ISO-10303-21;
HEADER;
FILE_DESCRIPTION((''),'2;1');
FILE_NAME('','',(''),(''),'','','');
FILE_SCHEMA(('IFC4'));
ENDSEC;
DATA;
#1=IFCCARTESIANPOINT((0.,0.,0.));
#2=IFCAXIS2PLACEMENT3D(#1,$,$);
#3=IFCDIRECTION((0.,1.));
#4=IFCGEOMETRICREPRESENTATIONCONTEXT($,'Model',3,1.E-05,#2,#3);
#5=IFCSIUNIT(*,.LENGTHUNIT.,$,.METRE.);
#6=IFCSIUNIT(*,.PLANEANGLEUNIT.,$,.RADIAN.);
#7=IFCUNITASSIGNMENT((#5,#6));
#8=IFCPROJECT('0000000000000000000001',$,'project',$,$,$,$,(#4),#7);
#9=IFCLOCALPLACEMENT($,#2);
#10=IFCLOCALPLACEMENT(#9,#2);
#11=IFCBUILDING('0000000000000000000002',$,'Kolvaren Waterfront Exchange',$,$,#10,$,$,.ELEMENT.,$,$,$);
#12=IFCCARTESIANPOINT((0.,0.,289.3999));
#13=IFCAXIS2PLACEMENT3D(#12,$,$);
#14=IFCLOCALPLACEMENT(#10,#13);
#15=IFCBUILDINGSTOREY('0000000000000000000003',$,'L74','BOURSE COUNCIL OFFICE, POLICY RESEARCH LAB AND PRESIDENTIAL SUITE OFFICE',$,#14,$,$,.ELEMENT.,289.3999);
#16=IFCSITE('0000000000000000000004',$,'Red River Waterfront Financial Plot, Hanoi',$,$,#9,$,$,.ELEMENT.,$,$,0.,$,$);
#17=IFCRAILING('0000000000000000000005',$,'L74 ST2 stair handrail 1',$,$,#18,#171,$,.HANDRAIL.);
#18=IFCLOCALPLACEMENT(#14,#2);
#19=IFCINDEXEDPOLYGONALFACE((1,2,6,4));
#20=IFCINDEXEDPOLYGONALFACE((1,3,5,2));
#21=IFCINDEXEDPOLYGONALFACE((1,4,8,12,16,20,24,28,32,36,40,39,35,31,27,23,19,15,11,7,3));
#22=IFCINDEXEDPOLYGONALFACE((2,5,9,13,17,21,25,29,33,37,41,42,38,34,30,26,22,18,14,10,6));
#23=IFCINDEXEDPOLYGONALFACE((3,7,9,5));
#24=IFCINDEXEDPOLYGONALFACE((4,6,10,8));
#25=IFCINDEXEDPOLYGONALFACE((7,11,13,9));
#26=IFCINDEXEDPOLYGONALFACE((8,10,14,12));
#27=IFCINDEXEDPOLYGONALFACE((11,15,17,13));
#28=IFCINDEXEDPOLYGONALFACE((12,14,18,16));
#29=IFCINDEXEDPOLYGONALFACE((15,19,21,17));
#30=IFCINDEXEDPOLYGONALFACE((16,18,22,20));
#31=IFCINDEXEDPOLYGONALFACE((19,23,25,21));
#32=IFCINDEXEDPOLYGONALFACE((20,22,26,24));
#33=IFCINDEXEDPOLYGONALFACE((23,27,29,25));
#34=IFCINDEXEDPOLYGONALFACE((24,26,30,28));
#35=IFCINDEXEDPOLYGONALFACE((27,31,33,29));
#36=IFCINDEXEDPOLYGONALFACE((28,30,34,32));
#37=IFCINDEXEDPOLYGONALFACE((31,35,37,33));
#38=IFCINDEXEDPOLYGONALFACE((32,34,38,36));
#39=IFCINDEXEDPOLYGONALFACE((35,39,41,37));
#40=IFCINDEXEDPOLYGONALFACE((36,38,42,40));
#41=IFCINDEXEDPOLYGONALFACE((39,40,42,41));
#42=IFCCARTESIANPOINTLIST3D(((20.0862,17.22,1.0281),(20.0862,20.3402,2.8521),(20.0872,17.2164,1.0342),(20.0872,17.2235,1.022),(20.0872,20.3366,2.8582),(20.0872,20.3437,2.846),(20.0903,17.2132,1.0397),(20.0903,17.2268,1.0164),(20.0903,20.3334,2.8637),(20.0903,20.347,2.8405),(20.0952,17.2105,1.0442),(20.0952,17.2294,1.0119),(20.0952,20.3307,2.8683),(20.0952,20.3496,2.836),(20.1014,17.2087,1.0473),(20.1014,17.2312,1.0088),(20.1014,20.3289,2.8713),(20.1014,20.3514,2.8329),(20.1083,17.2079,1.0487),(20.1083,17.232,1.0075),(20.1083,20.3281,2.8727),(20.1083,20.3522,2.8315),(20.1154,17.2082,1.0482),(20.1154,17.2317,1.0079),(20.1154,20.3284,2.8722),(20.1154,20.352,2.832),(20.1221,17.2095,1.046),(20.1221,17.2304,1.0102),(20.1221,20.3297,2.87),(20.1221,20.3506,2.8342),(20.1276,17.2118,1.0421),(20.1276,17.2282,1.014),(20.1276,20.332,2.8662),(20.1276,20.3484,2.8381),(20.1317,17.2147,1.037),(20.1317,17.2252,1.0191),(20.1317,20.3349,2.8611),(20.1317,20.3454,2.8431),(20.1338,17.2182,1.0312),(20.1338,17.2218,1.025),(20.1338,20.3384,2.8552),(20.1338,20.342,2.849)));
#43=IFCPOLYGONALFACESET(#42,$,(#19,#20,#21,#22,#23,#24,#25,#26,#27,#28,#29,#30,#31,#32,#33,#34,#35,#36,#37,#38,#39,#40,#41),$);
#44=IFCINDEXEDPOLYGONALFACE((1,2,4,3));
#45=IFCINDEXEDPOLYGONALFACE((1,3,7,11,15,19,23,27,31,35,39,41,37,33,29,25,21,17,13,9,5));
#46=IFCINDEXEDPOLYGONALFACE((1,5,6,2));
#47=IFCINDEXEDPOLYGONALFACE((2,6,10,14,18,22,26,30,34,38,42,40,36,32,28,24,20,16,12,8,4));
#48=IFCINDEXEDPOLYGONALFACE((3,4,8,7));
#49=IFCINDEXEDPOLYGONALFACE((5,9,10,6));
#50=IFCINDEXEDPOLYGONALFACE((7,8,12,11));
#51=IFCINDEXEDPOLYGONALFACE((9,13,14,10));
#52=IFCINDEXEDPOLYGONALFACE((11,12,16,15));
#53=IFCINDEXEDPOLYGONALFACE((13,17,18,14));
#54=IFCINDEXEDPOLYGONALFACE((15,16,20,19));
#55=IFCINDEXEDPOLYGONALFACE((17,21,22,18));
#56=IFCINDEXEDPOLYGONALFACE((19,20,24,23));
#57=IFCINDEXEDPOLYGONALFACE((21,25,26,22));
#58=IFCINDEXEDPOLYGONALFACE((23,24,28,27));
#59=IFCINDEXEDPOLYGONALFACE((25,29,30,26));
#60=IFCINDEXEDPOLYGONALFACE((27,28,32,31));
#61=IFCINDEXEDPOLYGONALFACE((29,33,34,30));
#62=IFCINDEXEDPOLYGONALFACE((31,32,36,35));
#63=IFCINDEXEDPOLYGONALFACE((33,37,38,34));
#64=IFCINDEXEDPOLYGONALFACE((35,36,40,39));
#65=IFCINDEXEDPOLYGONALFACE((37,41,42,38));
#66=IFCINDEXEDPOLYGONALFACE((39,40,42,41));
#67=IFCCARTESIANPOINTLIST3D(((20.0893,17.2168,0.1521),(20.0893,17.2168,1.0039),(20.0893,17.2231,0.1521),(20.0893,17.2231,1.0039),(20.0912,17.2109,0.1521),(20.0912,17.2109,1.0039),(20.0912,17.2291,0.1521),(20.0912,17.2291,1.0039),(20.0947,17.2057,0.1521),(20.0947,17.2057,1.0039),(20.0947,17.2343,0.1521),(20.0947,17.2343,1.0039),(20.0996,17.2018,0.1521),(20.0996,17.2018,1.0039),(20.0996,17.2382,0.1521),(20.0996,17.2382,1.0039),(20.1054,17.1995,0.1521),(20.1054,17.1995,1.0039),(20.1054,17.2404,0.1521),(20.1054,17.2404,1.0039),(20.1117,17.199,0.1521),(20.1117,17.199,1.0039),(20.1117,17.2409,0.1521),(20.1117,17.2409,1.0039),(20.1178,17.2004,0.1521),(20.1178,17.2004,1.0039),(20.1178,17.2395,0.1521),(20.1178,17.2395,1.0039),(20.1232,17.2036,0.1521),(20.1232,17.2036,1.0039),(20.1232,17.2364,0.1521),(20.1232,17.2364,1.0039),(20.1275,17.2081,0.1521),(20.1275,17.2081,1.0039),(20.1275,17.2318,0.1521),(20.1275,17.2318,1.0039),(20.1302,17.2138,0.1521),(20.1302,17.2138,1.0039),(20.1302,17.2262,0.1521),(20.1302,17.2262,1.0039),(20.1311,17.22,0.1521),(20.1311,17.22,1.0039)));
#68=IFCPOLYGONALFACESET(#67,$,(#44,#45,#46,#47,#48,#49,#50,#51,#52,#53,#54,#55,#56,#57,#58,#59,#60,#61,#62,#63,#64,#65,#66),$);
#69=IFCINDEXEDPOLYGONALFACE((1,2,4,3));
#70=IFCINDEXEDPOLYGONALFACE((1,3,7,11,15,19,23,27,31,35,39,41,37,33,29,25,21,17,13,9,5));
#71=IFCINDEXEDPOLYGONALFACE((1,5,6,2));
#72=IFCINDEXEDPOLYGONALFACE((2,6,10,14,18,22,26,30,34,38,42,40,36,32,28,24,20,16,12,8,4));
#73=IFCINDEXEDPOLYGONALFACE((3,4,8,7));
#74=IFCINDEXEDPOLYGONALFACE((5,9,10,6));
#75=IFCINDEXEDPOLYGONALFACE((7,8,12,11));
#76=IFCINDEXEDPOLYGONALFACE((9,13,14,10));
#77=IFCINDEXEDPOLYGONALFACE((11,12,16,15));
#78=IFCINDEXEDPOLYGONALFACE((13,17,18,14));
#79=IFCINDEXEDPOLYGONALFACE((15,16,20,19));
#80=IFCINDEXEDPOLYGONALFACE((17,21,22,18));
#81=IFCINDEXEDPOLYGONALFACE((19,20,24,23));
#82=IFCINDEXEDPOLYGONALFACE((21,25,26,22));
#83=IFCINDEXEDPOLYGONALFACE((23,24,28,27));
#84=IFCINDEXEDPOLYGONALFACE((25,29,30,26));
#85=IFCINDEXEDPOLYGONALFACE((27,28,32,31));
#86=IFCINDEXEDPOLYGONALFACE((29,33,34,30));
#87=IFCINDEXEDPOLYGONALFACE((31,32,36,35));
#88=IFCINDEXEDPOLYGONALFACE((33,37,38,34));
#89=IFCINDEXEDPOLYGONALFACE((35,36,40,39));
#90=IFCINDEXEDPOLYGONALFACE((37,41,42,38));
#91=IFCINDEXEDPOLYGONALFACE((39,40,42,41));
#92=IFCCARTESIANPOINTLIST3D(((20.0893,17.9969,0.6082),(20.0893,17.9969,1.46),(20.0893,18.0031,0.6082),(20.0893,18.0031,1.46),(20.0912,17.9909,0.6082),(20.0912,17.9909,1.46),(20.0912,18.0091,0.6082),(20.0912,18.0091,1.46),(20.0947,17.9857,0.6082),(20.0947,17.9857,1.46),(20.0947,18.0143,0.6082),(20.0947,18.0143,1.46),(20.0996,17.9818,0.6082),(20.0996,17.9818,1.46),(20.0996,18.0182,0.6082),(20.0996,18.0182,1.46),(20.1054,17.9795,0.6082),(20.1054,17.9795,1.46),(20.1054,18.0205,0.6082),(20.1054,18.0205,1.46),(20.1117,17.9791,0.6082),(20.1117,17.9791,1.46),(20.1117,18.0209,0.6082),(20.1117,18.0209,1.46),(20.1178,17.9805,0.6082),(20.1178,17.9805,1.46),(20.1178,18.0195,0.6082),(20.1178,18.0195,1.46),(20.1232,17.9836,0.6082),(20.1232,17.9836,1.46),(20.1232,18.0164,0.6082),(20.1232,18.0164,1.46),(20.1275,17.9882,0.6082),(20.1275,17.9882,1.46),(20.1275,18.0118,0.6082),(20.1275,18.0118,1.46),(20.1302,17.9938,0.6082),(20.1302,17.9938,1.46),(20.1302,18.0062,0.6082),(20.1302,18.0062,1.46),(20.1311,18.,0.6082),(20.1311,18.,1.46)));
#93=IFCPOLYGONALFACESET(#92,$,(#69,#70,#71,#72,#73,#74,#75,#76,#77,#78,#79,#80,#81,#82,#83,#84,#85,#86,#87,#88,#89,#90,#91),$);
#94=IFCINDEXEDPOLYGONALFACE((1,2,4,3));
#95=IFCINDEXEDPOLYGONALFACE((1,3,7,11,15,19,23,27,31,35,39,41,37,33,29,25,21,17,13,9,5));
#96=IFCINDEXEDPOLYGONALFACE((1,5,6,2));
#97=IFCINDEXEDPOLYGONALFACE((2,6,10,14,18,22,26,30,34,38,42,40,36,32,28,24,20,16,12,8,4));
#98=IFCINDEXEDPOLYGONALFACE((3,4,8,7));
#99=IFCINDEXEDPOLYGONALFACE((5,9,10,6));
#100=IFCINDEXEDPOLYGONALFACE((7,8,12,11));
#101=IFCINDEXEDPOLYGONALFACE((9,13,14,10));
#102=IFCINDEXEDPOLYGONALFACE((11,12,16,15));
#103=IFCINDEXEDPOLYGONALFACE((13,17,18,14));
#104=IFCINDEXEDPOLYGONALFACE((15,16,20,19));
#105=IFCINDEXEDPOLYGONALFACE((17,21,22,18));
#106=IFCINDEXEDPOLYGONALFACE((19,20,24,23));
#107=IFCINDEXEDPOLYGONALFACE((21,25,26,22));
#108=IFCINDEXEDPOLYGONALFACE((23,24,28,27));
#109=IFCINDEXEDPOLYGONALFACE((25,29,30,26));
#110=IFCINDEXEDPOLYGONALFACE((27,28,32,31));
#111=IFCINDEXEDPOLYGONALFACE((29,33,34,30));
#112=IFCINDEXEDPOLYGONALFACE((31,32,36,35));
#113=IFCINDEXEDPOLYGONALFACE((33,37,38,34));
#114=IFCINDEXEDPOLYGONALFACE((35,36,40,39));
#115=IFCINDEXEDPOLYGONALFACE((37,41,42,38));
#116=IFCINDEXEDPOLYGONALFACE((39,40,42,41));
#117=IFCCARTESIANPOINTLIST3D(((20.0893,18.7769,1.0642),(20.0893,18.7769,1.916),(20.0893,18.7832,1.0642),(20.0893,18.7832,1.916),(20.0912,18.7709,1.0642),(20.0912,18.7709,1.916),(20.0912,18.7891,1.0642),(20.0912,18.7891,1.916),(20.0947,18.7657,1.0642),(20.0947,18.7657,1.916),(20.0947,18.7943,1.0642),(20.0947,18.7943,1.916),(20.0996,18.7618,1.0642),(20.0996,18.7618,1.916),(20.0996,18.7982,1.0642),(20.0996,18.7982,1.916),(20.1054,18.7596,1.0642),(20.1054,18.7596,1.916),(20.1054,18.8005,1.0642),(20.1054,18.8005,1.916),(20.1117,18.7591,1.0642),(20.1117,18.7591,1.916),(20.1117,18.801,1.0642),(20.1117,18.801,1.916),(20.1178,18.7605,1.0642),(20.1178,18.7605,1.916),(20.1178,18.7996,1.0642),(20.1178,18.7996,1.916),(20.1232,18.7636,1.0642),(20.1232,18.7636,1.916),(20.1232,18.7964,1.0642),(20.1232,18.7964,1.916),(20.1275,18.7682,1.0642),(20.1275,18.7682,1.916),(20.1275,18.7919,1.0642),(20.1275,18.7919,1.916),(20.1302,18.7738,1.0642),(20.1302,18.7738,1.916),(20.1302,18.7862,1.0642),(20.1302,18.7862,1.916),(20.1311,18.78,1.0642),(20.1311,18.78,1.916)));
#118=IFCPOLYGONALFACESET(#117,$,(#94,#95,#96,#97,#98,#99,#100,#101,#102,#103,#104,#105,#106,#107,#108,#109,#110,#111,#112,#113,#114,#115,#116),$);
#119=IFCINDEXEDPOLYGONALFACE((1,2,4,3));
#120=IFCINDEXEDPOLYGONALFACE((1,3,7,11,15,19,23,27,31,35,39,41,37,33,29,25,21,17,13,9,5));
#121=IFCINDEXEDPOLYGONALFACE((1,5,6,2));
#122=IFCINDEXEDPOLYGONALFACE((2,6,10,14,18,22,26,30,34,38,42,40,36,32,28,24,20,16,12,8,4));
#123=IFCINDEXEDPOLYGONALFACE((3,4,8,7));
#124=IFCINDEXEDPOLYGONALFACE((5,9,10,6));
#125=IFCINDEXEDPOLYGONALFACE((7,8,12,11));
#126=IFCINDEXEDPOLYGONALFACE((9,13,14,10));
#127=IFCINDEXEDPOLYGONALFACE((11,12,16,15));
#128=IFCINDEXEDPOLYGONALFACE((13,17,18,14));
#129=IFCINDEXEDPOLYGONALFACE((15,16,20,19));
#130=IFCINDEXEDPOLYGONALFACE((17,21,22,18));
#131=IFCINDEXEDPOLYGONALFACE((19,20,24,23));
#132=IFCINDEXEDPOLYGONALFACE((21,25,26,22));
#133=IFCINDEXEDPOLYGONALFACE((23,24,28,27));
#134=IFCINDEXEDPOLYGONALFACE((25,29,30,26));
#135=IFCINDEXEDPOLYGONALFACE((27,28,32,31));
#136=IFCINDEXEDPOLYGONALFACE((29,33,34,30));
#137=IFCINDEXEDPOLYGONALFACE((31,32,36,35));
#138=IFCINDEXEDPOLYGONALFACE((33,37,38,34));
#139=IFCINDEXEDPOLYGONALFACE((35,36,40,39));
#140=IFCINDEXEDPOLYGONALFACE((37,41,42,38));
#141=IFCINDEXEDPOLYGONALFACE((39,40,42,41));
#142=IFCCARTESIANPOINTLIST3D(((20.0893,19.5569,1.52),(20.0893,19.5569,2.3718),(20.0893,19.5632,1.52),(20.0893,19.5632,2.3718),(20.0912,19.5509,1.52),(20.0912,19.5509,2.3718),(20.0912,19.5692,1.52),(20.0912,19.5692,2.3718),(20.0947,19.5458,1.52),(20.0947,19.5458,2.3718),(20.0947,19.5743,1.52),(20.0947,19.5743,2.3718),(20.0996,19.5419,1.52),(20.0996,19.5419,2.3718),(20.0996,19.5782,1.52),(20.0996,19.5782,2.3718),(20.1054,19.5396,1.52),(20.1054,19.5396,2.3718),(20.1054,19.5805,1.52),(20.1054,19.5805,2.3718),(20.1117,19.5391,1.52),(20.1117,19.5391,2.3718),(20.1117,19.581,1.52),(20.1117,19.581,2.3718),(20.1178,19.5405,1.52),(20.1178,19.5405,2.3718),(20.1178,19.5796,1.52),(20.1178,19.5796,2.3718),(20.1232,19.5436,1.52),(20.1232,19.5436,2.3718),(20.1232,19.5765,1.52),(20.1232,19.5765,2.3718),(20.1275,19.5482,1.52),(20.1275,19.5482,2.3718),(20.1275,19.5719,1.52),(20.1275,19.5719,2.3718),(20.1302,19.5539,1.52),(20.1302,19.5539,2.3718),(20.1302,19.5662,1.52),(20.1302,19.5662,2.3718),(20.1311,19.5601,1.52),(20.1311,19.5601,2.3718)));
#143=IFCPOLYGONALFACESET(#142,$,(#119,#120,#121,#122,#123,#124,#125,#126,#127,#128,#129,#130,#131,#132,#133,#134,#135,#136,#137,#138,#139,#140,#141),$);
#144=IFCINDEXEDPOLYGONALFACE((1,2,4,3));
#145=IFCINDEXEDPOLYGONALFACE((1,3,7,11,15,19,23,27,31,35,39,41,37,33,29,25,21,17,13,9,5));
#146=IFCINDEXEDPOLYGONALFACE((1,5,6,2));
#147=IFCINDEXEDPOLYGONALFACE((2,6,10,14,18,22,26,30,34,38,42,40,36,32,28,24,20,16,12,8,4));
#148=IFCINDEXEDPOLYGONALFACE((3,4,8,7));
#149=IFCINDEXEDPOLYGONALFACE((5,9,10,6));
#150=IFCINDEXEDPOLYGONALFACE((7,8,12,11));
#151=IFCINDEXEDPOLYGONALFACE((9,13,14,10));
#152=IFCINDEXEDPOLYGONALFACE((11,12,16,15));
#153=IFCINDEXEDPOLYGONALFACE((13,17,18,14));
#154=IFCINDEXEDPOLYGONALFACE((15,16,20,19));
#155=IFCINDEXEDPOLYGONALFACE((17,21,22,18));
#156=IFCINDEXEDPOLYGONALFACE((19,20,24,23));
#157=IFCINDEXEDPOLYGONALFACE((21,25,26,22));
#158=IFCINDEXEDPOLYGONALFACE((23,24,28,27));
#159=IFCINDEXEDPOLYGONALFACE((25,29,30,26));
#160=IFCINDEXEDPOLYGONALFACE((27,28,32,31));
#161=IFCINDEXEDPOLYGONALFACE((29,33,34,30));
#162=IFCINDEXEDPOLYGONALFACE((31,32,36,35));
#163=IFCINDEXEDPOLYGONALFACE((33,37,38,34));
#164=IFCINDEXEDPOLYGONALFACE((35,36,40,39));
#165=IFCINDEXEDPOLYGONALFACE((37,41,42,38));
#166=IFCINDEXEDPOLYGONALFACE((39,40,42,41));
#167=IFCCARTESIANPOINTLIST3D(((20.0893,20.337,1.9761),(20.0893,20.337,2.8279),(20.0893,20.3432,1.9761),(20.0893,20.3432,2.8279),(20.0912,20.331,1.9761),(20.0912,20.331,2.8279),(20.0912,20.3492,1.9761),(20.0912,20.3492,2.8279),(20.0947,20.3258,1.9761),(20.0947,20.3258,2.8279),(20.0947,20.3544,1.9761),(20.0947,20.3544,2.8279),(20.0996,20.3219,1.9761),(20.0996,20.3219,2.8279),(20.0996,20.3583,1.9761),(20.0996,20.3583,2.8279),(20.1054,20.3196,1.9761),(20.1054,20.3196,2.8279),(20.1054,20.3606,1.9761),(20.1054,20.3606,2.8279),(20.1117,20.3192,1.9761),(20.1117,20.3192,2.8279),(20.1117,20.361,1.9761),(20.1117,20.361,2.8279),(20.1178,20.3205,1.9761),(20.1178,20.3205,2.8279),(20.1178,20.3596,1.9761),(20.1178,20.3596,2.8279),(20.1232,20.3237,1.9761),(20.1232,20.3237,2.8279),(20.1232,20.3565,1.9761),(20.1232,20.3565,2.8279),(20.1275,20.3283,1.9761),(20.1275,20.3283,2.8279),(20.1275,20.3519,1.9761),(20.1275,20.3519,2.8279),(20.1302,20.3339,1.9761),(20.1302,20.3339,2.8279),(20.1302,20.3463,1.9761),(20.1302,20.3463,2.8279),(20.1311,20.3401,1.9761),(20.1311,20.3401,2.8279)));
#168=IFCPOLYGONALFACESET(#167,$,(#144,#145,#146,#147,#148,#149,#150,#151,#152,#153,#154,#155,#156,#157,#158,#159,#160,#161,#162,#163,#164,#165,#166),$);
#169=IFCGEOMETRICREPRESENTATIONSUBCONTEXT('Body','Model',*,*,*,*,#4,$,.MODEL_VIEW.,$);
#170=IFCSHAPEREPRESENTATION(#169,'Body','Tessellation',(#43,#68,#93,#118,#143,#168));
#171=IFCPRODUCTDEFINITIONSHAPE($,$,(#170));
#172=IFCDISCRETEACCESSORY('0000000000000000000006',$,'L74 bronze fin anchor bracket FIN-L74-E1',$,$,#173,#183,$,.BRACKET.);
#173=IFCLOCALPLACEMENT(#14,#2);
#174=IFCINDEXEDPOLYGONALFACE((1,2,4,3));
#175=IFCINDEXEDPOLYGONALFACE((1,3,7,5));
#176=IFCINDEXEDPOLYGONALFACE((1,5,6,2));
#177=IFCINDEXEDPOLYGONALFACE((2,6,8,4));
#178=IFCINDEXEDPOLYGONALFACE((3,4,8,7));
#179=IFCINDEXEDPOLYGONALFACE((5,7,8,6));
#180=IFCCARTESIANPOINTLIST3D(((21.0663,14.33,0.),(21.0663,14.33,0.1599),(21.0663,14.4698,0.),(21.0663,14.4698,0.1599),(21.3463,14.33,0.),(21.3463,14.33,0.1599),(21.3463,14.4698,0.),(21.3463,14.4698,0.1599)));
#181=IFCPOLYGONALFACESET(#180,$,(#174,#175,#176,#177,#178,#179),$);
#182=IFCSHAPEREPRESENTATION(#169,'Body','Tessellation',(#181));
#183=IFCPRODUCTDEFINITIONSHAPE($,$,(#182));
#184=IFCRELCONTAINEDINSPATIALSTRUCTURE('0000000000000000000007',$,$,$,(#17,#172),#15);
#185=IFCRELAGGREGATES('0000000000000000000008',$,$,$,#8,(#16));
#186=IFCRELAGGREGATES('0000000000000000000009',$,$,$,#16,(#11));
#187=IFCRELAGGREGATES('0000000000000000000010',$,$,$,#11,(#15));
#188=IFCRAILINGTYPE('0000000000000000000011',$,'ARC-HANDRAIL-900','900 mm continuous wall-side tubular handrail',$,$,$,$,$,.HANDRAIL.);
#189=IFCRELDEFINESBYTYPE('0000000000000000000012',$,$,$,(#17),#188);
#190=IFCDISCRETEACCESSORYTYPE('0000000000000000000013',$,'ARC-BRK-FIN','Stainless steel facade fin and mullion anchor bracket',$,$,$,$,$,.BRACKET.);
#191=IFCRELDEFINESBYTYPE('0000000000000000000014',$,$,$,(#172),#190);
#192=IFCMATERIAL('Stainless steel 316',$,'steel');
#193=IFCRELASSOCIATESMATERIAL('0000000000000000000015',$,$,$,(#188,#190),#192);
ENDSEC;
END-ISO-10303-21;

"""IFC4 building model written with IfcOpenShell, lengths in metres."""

from ifc_helpers import new_model, si_unit, direction, frame, origin, origin_with_axes, origin_2d, place, context, subcontext, project, spatial, rectangle, circle, extrude, source, transform, mapped, material, type_object, element, save


model = new_model("IFC4")

# Units and contexts
model_context = context("Model", 3, precision=1e-05, world=origin(), true_north=direction((0.0, 1.0)))
body_context = subcontext(model_context, "Body", "Model", "MODEL_VIEW")
ifc_project = project(units=[si_unit("LENGTHUNIT", "METRE"), si_unit("PLANEANGLEUNIT", "RADIAN")], contexts=[model_context])

# Site, building, storey
site_placement = place(None, origin())
site = spatial("IfcSite", under=ifc_project, at=site_placement, Name="Red River Waterfront Financial Plot, Hanoi", CompositionType="ELEMENT", RefElevation=0.0)
building_placement = place(site_placement, origin())
building = spatial("IfcBuilding", under=site, at=building_placement, Name="Kolvaren Waterfront Exchange", CompositionType="ELEMENT")
storey_placement = place(building_placement, frame((0.0, 0.0, 289.3999)))
storey = spatial("IfcBuildingStorey", under=building, at=storey_placement, Name="L74", Description="BOURSE COUNCIL OFFICE, POLICY RESEARCH LAB AND PRESIDENTIAL SUITE OFFICE", CompositionType="ELEMENT", Elevation=289.3999)

# Railing
ifc_material_1 = material(Name="Stainless steel 316", Category="steel")
railing_type_1 = type_object("IfcRailingType", Name="ARC-HANDRAIL-900", Description="900 mm continuous wall-side tubular handrail", PredefinedType="HANDRAIL", material=ifc_material_1)
railing_1_placement = place(storey_placement, frame((20.1101, 17.22, 0.1521)))
element("IfcRailing", 1, at=railing_1_placement, inside=storey, type_object=railing_type_1, Name="L74 ST2 stair handrail 1", PredefinedType="HANDRAIL", context=body_context, shape_type="SweptSolid", body=[
    extrude(circle(Radius=0.0239, at=origin_2d()), frame((0.0, 0.0, 0.876), z_axis=(0.0, 0.863308, 0.504677), x_axis=(-1.0, 0.0, 0.0)), (0.0, 0.0, 1.0), 3.6143),
    extrude(circle(Radius=0.021, at=origin_2d()), origin(), (0.0, 0.0, 1.0), 0.8518),
    extrude(circle(Radius=0.021, at=origin_2d()), frame((0.0, 0.78, 0.4561)), (0.0, 0.0, 1.0), 0.8518),
    extrude(circle(Radius=0.021, at=origin_2d()), frame((0.0, 1.5601, 0.9121)), (0.0, 0.0, 1.0), 0.8518),
    extrude(circle(Radius=0.021, at=origin_2d()), frame((0.0, 2.3401, 1.3679)), (0.0, 0.0, 1.0), 0.8518),
    extrude(circle(Radius=0.021, at=origin_2d()), frame((0.0, 3.1201, 1.824)), (0.0, 0.0, 1.0), 0.8518),
])

# Discrete accessory
discrete_accessory_type = type_object("IfcDiscreteAccessoryType", Name="ARC-BRK-FIN", Description="Stainless steel facade fin and mullion anchor bracket", PredefinedType="BRACKET", material=ifc_material_1)
shared_shape = source(origin_with_axes(), body_context, "Body", "SweptSolid", [
    extrude(rectangle(XDim=0.28, YDim=0.1399, at=origin_2d()), origin(), (0.0, 0.0, 1.0), 0.1599),
])
discrete_accessory_placement = place(storey_placement, frame((21.2063, 14.3999, 0.0), z_axis=(0.0, 0.0, 1.0), x_axis=(1.0, 0.0, 0.0)))
element("IfcDiscreteAccessory", 2, at=discrete_accessory_placement, inside=storey, type_object=discrete_accessory_type, Name="L74 bronze fin anchor bracket FIN-L74-E1", PredefinedType="BRACKET", context=body_context, shape_type="MappedRepresentation", body=[
    mapped(shared_shape, transform((0.0, 0.0, 0.0), x_axis=(1.0, 0.0, 0.0), y_axis=(0.0, 1.0, 0.0), z_axis=(0.0, 0.0, 1.0), scale=1.0)),
])

save(model, "model.ifc")
